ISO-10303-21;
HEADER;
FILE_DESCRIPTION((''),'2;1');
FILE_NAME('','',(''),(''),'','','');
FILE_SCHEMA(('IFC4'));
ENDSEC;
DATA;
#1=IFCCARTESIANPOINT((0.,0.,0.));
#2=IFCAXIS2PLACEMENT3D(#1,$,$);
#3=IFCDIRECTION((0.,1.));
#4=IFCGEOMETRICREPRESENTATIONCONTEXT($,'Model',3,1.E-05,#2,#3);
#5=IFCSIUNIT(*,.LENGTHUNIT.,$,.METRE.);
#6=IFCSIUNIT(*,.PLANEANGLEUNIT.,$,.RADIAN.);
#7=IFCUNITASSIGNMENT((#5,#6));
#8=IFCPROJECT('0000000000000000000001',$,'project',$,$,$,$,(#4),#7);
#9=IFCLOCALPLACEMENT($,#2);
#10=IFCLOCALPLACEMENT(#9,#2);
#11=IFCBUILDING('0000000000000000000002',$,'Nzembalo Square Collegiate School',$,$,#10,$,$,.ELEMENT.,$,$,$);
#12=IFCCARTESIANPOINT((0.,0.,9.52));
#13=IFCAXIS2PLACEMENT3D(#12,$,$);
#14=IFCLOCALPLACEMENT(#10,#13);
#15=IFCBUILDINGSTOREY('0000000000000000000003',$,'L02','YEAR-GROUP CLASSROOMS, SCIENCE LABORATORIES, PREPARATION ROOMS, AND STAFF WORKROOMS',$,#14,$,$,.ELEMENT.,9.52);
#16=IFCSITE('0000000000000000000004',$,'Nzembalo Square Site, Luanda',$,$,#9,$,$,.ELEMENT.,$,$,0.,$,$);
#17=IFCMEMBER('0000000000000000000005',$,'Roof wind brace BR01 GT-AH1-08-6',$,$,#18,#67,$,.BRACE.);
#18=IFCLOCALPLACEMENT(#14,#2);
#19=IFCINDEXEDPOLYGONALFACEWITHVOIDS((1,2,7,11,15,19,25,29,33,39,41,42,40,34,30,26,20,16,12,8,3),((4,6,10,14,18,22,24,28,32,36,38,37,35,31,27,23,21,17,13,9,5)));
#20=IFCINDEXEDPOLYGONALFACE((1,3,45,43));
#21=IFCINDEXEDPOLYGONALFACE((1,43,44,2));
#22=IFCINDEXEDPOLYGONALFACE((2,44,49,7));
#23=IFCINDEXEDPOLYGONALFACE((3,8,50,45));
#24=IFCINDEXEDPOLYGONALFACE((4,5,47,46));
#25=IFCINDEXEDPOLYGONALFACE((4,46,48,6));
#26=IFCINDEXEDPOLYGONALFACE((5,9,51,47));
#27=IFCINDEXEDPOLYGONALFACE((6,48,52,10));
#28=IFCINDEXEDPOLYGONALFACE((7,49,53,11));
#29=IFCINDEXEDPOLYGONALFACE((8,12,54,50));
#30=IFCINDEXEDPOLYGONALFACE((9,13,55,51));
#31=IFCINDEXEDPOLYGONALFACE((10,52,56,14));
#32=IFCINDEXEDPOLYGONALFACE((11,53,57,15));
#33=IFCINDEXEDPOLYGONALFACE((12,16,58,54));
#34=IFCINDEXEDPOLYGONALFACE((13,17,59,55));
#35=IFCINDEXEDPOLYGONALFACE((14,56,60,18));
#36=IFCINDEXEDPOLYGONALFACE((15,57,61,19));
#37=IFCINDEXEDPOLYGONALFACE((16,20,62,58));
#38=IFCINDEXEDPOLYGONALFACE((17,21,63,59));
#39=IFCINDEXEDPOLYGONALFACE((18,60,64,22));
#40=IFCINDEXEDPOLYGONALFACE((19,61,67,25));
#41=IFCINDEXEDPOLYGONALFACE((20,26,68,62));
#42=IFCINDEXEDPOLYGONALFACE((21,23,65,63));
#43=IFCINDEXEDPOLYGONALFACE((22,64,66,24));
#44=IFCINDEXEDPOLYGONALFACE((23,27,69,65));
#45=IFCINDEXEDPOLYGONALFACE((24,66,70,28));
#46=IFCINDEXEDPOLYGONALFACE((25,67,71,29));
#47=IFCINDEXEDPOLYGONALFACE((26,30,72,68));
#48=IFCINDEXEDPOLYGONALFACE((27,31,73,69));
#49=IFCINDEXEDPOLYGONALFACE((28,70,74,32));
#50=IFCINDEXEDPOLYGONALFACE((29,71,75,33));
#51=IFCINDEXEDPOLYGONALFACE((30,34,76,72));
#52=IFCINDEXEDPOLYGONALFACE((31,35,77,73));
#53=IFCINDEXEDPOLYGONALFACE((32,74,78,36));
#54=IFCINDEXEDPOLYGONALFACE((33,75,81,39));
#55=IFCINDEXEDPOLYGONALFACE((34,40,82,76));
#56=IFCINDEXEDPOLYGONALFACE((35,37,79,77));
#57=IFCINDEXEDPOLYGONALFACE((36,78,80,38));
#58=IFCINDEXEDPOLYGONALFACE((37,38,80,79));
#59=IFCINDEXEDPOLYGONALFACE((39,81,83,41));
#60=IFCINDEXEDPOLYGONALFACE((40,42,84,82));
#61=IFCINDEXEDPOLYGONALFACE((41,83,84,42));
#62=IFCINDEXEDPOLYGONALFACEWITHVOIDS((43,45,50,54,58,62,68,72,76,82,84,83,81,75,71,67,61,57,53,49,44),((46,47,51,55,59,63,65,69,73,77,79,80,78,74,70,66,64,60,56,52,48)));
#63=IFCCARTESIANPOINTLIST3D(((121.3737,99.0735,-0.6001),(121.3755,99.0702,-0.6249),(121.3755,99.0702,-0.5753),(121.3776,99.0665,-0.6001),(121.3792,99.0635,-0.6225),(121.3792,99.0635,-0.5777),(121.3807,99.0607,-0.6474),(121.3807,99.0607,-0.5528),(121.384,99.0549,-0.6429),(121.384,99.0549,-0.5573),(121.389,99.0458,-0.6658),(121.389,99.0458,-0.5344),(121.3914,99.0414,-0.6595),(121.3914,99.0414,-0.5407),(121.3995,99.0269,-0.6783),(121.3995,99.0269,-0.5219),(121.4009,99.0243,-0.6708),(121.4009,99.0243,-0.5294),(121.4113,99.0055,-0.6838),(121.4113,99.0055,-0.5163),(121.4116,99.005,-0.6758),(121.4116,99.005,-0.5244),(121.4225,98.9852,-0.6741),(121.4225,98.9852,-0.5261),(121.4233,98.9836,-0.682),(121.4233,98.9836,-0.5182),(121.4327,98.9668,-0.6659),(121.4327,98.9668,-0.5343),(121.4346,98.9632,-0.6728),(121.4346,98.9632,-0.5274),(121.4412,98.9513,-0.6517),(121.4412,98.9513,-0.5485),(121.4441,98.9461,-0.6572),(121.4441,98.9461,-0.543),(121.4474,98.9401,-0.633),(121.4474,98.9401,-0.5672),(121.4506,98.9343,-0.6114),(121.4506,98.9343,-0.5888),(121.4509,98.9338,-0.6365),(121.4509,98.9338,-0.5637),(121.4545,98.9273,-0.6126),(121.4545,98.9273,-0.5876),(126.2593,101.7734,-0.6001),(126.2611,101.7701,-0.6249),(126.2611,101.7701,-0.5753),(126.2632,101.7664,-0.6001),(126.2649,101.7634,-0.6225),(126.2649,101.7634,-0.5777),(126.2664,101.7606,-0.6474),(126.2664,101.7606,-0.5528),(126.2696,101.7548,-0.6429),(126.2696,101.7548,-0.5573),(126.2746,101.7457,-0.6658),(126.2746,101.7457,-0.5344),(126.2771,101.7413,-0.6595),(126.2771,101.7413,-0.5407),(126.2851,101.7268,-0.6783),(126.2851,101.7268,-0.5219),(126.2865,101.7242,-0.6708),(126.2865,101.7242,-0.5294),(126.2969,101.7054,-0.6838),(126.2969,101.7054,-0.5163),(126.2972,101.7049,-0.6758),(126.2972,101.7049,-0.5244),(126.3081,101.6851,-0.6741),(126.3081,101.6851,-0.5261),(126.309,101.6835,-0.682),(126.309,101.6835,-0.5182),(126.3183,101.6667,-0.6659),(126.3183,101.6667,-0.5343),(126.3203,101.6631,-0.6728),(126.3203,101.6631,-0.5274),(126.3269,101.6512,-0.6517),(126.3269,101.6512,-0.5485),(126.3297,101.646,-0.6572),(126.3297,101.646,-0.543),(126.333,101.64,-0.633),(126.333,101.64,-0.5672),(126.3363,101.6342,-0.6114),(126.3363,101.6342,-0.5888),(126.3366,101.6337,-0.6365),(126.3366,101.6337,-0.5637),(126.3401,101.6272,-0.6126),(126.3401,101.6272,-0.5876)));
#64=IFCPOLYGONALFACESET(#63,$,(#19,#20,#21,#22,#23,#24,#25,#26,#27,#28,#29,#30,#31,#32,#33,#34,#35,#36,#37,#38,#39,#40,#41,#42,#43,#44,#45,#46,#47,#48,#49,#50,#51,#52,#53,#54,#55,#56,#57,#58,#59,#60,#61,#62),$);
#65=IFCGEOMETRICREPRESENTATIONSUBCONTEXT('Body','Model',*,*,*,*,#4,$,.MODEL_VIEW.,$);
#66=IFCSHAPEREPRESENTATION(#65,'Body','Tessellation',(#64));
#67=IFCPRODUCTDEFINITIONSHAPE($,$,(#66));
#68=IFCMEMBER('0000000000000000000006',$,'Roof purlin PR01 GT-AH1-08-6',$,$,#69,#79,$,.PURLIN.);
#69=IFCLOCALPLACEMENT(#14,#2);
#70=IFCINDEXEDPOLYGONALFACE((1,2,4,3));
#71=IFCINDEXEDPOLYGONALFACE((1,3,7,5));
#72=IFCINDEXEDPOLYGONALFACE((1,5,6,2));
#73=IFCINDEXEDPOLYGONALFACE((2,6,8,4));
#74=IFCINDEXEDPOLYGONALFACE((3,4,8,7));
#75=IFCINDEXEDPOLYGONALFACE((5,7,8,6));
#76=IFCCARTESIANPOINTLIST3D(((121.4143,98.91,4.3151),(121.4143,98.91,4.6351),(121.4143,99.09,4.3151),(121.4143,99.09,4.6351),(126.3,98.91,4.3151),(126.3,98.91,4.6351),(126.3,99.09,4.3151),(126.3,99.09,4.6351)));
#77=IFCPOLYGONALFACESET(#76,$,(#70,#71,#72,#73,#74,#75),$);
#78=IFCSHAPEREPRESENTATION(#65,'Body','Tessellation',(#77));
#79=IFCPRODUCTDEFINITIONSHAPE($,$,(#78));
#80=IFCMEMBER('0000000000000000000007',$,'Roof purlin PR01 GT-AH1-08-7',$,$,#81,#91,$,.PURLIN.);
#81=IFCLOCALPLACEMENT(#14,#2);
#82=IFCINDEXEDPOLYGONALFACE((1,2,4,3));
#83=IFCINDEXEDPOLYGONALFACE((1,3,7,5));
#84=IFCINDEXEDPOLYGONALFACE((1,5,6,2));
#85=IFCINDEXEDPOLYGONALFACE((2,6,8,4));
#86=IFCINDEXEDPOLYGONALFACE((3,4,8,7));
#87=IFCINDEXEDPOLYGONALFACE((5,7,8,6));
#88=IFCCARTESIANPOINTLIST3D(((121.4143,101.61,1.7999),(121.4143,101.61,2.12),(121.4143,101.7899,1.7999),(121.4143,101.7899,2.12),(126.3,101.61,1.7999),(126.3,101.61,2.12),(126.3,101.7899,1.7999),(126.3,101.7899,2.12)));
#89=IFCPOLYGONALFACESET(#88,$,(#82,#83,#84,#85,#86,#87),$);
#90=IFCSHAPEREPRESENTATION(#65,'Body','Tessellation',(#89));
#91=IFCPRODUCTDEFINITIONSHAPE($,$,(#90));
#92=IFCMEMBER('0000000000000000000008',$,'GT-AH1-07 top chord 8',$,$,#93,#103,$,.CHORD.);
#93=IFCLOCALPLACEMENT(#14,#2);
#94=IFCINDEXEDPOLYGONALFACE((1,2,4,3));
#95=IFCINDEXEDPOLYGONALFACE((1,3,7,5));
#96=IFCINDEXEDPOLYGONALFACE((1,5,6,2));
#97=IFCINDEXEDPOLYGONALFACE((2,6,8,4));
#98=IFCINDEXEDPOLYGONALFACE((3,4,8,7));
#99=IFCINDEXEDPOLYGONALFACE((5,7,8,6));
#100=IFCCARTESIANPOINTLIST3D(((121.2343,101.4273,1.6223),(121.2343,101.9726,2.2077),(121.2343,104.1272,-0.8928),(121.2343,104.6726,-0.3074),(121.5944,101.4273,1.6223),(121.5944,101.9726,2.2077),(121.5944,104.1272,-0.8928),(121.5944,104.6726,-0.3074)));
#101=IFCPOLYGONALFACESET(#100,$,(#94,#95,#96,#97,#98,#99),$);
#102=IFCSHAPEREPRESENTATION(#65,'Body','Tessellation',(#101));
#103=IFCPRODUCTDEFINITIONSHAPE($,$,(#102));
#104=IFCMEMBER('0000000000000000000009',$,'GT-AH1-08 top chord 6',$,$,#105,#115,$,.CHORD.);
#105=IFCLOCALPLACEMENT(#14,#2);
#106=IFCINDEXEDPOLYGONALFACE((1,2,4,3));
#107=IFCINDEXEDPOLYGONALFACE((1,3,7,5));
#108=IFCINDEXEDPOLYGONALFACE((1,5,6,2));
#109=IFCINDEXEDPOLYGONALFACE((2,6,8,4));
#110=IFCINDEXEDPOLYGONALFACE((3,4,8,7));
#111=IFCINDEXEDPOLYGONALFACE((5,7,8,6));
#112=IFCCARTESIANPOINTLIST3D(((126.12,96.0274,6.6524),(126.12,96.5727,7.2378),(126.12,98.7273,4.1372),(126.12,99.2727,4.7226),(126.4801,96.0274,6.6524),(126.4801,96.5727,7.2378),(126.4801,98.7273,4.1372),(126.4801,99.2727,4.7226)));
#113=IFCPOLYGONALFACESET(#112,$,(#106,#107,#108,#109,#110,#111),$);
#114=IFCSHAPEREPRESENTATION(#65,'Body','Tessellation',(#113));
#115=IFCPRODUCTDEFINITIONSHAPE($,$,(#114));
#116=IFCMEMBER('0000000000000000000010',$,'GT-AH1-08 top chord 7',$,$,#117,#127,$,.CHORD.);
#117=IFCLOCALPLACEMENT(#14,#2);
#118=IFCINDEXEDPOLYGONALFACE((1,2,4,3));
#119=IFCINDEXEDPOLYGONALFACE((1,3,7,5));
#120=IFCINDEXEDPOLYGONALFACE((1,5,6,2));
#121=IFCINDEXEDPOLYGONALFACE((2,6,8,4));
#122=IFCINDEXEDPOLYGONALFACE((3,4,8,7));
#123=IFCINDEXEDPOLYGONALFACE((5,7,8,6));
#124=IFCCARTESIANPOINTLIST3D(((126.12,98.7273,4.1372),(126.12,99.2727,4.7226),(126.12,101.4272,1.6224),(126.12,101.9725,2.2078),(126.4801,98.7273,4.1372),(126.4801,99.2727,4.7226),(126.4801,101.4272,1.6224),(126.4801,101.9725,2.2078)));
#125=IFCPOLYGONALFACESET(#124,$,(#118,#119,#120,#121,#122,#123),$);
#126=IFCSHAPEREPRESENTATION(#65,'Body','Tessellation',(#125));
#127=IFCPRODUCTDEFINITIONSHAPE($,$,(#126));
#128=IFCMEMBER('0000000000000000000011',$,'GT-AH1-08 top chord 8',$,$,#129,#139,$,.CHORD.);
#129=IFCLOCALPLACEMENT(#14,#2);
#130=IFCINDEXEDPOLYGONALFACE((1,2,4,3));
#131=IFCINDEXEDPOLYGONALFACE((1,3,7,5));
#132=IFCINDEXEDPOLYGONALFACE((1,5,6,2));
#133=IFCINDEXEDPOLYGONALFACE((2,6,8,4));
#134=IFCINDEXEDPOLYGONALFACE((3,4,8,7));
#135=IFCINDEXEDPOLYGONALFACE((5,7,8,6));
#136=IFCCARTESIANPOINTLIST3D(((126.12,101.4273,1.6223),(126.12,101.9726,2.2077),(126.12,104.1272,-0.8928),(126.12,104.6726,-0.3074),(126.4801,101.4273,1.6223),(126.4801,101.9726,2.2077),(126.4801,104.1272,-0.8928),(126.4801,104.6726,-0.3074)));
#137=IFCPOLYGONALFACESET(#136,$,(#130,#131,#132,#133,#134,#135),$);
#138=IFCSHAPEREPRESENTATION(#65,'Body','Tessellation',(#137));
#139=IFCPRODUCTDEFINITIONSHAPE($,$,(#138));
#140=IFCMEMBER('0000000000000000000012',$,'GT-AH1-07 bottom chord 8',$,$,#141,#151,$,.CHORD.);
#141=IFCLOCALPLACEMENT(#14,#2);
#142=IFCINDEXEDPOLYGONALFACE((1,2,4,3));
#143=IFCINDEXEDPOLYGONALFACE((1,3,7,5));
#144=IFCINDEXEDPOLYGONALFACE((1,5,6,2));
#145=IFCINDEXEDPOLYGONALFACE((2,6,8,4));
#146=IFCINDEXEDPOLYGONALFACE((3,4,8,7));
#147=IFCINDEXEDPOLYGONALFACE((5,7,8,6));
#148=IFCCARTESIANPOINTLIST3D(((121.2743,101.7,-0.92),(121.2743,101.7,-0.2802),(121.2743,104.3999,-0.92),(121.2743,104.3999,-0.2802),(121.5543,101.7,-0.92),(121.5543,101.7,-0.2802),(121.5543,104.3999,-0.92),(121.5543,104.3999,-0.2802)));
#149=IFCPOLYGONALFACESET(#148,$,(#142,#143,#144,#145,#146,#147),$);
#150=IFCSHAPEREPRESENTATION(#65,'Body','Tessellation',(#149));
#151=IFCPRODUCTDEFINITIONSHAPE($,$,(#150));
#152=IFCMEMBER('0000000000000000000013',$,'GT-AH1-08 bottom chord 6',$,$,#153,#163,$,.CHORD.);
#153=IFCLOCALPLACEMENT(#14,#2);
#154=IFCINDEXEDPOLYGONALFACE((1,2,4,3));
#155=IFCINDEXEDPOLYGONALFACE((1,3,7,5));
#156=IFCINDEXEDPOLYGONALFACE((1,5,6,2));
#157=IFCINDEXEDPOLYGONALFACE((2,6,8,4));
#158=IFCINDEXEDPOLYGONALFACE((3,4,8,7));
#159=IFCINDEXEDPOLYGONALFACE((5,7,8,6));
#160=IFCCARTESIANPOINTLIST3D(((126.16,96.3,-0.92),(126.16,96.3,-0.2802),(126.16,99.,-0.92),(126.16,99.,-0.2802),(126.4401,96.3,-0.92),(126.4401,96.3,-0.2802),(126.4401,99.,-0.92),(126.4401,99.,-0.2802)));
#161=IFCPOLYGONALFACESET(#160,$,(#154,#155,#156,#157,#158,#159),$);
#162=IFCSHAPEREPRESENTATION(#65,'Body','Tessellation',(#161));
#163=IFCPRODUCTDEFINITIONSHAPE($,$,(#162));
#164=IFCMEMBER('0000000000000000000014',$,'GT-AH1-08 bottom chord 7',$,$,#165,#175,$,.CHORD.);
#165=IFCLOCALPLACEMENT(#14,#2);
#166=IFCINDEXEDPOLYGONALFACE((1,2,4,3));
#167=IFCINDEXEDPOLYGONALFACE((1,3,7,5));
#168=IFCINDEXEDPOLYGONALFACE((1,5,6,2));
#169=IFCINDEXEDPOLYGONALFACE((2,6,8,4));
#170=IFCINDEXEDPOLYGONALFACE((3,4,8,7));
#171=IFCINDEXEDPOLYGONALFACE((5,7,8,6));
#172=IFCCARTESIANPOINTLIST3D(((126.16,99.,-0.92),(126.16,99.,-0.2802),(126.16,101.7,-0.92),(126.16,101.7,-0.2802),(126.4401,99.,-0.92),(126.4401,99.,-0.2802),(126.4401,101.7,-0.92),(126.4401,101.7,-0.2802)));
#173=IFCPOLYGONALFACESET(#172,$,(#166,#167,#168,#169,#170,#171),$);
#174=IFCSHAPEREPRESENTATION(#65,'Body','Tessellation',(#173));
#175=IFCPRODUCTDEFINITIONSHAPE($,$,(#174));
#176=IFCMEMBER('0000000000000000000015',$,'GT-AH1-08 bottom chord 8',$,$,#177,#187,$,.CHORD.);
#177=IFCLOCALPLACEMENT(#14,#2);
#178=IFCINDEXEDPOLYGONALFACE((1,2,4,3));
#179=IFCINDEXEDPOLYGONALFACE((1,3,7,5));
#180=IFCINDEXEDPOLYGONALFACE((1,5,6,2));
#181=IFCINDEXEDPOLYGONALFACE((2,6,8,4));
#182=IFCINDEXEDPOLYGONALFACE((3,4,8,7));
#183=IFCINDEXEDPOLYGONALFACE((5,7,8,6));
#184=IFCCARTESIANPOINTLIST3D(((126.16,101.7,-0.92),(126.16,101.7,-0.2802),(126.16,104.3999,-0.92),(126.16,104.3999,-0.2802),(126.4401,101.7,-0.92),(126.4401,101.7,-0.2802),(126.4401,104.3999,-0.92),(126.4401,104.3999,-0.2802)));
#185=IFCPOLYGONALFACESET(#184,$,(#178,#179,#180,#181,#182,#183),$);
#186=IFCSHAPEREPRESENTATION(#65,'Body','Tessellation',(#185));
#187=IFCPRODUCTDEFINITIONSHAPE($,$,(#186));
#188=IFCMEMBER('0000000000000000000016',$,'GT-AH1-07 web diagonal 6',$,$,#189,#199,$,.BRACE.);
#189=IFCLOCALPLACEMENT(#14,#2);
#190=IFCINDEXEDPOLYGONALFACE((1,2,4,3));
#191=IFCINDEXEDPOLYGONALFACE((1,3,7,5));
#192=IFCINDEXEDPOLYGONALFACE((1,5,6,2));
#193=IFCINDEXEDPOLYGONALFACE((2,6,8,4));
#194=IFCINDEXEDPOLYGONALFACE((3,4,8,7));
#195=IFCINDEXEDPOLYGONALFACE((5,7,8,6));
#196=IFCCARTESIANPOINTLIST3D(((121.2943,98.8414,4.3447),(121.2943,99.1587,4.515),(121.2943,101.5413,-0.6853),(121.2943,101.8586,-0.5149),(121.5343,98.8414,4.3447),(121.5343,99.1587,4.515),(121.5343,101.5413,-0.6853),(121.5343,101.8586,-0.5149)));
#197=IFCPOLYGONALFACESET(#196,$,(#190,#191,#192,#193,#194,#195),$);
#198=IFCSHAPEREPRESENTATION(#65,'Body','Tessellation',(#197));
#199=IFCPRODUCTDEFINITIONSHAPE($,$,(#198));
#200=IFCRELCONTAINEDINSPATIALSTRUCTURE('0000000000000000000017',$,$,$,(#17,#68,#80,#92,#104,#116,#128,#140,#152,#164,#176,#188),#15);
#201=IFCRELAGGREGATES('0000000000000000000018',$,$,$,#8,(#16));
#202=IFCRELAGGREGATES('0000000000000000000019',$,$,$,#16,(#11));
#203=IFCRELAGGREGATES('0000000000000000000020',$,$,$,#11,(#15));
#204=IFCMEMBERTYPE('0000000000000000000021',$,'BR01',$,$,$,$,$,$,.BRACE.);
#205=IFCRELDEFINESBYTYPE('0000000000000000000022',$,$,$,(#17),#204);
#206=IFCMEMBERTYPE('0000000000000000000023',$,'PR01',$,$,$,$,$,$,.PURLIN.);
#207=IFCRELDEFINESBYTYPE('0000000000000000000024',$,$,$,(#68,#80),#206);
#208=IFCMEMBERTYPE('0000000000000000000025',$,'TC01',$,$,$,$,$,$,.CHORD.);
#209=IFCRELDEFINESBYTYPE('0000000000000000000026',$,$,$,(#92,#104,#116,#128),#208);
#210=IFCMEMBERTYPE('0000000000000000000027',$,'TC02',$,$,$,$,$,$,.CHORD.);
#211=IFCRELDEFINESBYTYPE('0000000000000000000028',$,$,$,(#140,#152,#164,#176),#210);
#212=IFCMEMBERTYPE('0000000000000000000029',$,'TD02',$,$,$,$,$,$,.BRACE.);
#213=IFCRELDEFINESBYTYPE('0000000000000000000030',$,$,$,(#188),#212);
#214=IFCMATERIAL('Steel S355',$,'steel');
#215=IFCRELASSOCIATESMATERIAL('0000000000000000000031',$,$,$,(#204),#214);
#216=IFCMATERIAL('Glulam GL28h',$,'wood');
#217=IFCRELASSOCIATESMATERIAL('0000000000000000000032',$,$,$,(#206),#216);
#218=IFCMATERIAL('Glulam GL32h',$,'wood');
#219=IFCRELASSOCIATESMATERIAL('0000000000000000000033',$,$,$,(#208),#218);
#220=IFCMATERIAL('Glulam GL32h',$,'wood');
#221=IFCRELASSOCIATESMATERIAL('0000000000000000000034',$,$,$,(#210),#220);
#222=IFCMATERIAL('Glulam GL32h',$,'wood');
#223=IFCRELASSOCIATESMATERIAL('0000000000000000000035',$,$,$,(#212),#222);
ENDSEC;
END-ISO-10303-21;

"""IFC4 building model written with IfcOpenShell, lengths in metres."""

from ifc_helpers import new_model, si_unit, direction, frame, origin, origin_2d, place, context, subcontext, project, spatial, rectangle, hollow_circle, extrude, material, material_profile, profile_set, type_object, element, save


model = new_model("IFC4")

# Units and contexts
model_context = context("Model", 3, precision=1e-05, world=origin(), true_north=direction((0.0, 1.0)))
body_context = subcontext(model_context, "Body", "Model", "MODEL_VIEW")
ifc_project = project(units=[si_unit("LENGTHUNIT", "METRE"), si_unit("PLANEANGLEUNIT", "RADIAN")], contexts=[model_context])

# Site, building, storey
site_placement = place(None, origin())
site = spatial("IfcSite", under=ifc_project, at=site_placement, Name="Nzembalo Square Site, Luanda", CompositionType="ELEMENT", RefElevation=0.0)
building_placement = place(site_placement, origin())
building = spatial("IfcBuilding", under=site, at=building_placement, Name="Nzembalo Square Collegiate School", CompositionType="ELEMENT")
storey_placement = place(building_placement, frame((0.0, 0.0, 9.52)))
storey = spatial("IfcBuildingStorey", under=building, at=storey_placement, Name="L02", Description="YEAR-GROUP CLASSROOMS, SCIENCE LABORATORIES, PREPARATION ROOMS, AND STAFF WORKROOMS", CompositionType="ELEMENT", Elevation=9.52)

# Members
ifc_material_1 = material(Name="Steel S355", Category="steel")
ifc_material_profile_1 = material_profile(ifc_material_1, hollow_circle(Radius=0.084, WallThickness=0.0081, at=origin_2d()), Name="CHS 168x8")
ifc_profile_set_1 = profile_set([ifc_material_profile_1], Name="Steel S355")
member_type_1 = type_object("IfcMemberType", Name="BR01", PredefinedType="BRACE", material=ifc_profile_set_1)
member_1_placement = place(storey_placement, frame((121.4143, 99.0, -0.6001), z_axis=(0.875246, 0.483677, 0.0), x_axis=(-0.483677, 0.875246, 0.0)))
element("IfcMember", 1, at=member_1_placement, inside=storey, type_object=member_type_1, Name="Roof wind brace BR01 GT-AH1-08-6", PredefinedType="BRACE", context=body_context, shape_type="SweptSolid", body=[
    extrude(hollow_circle(Radius=0.084, WallThickness=0.0081, at=origin_2d()), origin(), (0.0, 0.0, 1.0), 5.582),
])
ifc_material_2 = material(Name="Glulam GL28h", Category="wood")
ifc_material_profile_2 = material_profile(ifc_material_2, rectangle(XDim=0.1799, YDim=0.3201, at=origin_2d()), Name="GL28h 180x320")
ifc_profile_set_2 = profile_set([ifc_material_profile_2], Name="Glulam GL28h")
member_type_2 = type_object("IfcMemberType", Name="PR01", PredefinedType="PURLIN", material=ifc_profile_set_2)
for number, where, z_axis, x_axis, name in (
    (2, (121.4143, 99.0, 4.4751), (1.0, 0.0, 0.0), (0.0, 1.0, 0.0), "Roof purlin PR01 GT-AH1-08-6"),
    (3, (121.4143, 101.7, 1.96), (1.0, 0.0, 0.0), (0.0, 1.0, 0.0), "Roof purlin PR01 GT-AH1-08-7"),
):
    element("IfcMember", number, at=place(storey_placement, frame(where, z_axis=z_axis, x_axis=x_axis)), inside=storey, type_object=member_type_2, Name=name, PredefinedType="PURLIN", context=body_context, shape_type="SweptSolid", body=[
        extrude(rectangle(XDim=0.1799, YDim=0.3201, at=origin_2d()), origin(), (0.0, 0.0, 1.0), 4.8857),
    ])
ifc_material_3 = material(Name="Glulam GL32h", Category="wood")
ifc_material_profile_3 = material_profile(ifc_material_3, rectangle(XDim=0.3601, YDim=0.8, at=origin_2d()), Name="GL32h 360x800")
ifc_profile_set_3 = profile_set([ifc_material_profile_3], Name="Glulam GL32h")
member_type_3 = type_object("IfcMemberType", Name="TC01", PredefinedType="CHORD", material=ifc_profile_set_3)
for number, where, z_axis, x_axis, name in (
    (4, (121.4143, 101.7, 1.915), (0.0, 0.731706, -0.68162), (-1.0, 0.0, 0.0), "GT-AH1-07 top chord 8"),
    (5, (126.3, 96.3, 6.9451), (0.0, 0.731706, -0.68162), (-1.0, 0.0, 0.0), "GT-AH1-08 top chord 6"),
):
    element("IfcMember", number, at=place(storey_placement, frame(where, z_axis=z_axis, x_axis=x_axis)), inside=storey, type_object=member_type_3, Name=name, PredefinedType="CHORD", context=body_context, shape_type="SweptSolid", body=[
        extrude(rectangle(XDim=0.3601, YDim=0.8, at=origin_2d()), origin(), (0.0, 0.0, 1.0), 3.6899),
    ])
member_2_placement = place(storey_placement, frame((126.3, 99.0, 4.4299), z_axis=(0.0, 0.731739, -0.681585), x_axis=(-1.0, 0.0, 0.0)))
element("IfcMember", 6, at=member_2_placement, inside=storey, type_object=member_type_3, Name="GT-AH1-08 top chord 7", PredefinedType="CHORD", context=body_context, shape_type="SweptSolid", body=[
    extrude(rectangle(XDim=0.3601, YDim=0.8, at=origin_2d()), origin(), (0.0, 0.0, 1.0), 3.6897),
])
member_3_placement = place(storey_placement, frame((126.3, 101.7, 1.915), z_axis=(0.0, 0.731706, -0.68162), x_axis=(-1.0, 0.0, 0.0)))
element("IfcMember", 7, at=member_3_placement, inside=storey, type_object=member_type_3, Name="GT-AH1-08 top chord 8", PredefinedType="CHORD", context=body_context, shape_type="SweptSolid", body=[
    extrude(rectangle(XDim=0.3601, YDim=0.8, at=origin_2d()), origin(), (0.0, 0.0, 1.0), 3.6899),
])
ifc_material_4 = material(Name="Glulam GL32h", Category="wood")
ifc_material_profile_4 = material_profile(ifc_material_4, rectangle(XDim=0.28, YDim=0.6399, at=origin_2d()), Name="GL32h 280x640")
ifc_profile_set_4 = profile_set([ifc_material_profile_4], Name="Glulam GL32h")
member_type_4 = type_object("IfcMemberType", Name="TC02", PredefinedType="CHORD", material=ifc_profile_set_4)
for number, where, z_axis, x_axis, name in (
    (8, (121.4143, 101.7, -0.6001), (0.0, 1.0, 0.0), (-1.0, 0.0, 0.0), "GT-AH1-07 bottom chord 8"),
    (9, (126.3, 96.3, -0.6001), (0.0, 1.0, 0.0), (-1.0, 0.0, 0.0), "GT-AH1-08 bottom chord 6"),
    (10, (126.3, 99.0, -0.6001), (0.0, 1.0, 0.0), (-1.0, 0.0, 0.0), "GT-AH1-08 bottom chord 7"),
    (11, (126.3, 101.7, -0.6001), (0.0, 1.0, 0.0), (-1.0, 0.0, 0.0), "GT-AH1-08 bottom chord 8"),
):
    element("IfcMember", number, at=place(storey_placement, frame(where, z_axis=z_axis, x_axis=x_axis)), inside=storey, type_object=member_type_4, Name=name, PredefinedType="CHORD", context=body_context, shape_type="SweptSolid", body=[
        extrude(rectangle(XDim=0.28, YDim=0.6399, at=origin_2d()), origin(), (0.0, 0.0, 1.0), 2.7),
    ])
ifc_material_5 = material(Name="Glulam GL32h", Category="wood")
ifc_material_profile_5 = material_profile(ifc_material_5, rectangle(XDim=0.24, YDim=0.3601, at=origin_2d()), Name="GL32h 240x360")
ifc_profile_set_5 = profile_set([ifc_material_profile_5], Name="Glulam GL32h")
member_type_5 = type_object("IfcMemberType", Name="TD02", PredefinedType="BRACE", material=ifc_profile_set_5)
member_4_placement = place(storey_placement, frame((121.4143, 101.7, -0.6001), z_axis=(0.0, -0.472942, 0.881094), x_axis=(1.0, 0.0, 0.0)))
element("IfcMember", 12, at=member_4_placement, inside=storey, type_object=member_type_5, Name="GT-AH1-07 web diagonal 6", PredefinedType="BRACE", context=body_context, shape_type="SweptSolid", body=[
    extrude(rectangle(XDim=0.24, YDim=0.3601, at=origin_2d()), origin(), (0.0, 0.0, 1.0), 5.7087),
])

save(model, "model.ifc")
